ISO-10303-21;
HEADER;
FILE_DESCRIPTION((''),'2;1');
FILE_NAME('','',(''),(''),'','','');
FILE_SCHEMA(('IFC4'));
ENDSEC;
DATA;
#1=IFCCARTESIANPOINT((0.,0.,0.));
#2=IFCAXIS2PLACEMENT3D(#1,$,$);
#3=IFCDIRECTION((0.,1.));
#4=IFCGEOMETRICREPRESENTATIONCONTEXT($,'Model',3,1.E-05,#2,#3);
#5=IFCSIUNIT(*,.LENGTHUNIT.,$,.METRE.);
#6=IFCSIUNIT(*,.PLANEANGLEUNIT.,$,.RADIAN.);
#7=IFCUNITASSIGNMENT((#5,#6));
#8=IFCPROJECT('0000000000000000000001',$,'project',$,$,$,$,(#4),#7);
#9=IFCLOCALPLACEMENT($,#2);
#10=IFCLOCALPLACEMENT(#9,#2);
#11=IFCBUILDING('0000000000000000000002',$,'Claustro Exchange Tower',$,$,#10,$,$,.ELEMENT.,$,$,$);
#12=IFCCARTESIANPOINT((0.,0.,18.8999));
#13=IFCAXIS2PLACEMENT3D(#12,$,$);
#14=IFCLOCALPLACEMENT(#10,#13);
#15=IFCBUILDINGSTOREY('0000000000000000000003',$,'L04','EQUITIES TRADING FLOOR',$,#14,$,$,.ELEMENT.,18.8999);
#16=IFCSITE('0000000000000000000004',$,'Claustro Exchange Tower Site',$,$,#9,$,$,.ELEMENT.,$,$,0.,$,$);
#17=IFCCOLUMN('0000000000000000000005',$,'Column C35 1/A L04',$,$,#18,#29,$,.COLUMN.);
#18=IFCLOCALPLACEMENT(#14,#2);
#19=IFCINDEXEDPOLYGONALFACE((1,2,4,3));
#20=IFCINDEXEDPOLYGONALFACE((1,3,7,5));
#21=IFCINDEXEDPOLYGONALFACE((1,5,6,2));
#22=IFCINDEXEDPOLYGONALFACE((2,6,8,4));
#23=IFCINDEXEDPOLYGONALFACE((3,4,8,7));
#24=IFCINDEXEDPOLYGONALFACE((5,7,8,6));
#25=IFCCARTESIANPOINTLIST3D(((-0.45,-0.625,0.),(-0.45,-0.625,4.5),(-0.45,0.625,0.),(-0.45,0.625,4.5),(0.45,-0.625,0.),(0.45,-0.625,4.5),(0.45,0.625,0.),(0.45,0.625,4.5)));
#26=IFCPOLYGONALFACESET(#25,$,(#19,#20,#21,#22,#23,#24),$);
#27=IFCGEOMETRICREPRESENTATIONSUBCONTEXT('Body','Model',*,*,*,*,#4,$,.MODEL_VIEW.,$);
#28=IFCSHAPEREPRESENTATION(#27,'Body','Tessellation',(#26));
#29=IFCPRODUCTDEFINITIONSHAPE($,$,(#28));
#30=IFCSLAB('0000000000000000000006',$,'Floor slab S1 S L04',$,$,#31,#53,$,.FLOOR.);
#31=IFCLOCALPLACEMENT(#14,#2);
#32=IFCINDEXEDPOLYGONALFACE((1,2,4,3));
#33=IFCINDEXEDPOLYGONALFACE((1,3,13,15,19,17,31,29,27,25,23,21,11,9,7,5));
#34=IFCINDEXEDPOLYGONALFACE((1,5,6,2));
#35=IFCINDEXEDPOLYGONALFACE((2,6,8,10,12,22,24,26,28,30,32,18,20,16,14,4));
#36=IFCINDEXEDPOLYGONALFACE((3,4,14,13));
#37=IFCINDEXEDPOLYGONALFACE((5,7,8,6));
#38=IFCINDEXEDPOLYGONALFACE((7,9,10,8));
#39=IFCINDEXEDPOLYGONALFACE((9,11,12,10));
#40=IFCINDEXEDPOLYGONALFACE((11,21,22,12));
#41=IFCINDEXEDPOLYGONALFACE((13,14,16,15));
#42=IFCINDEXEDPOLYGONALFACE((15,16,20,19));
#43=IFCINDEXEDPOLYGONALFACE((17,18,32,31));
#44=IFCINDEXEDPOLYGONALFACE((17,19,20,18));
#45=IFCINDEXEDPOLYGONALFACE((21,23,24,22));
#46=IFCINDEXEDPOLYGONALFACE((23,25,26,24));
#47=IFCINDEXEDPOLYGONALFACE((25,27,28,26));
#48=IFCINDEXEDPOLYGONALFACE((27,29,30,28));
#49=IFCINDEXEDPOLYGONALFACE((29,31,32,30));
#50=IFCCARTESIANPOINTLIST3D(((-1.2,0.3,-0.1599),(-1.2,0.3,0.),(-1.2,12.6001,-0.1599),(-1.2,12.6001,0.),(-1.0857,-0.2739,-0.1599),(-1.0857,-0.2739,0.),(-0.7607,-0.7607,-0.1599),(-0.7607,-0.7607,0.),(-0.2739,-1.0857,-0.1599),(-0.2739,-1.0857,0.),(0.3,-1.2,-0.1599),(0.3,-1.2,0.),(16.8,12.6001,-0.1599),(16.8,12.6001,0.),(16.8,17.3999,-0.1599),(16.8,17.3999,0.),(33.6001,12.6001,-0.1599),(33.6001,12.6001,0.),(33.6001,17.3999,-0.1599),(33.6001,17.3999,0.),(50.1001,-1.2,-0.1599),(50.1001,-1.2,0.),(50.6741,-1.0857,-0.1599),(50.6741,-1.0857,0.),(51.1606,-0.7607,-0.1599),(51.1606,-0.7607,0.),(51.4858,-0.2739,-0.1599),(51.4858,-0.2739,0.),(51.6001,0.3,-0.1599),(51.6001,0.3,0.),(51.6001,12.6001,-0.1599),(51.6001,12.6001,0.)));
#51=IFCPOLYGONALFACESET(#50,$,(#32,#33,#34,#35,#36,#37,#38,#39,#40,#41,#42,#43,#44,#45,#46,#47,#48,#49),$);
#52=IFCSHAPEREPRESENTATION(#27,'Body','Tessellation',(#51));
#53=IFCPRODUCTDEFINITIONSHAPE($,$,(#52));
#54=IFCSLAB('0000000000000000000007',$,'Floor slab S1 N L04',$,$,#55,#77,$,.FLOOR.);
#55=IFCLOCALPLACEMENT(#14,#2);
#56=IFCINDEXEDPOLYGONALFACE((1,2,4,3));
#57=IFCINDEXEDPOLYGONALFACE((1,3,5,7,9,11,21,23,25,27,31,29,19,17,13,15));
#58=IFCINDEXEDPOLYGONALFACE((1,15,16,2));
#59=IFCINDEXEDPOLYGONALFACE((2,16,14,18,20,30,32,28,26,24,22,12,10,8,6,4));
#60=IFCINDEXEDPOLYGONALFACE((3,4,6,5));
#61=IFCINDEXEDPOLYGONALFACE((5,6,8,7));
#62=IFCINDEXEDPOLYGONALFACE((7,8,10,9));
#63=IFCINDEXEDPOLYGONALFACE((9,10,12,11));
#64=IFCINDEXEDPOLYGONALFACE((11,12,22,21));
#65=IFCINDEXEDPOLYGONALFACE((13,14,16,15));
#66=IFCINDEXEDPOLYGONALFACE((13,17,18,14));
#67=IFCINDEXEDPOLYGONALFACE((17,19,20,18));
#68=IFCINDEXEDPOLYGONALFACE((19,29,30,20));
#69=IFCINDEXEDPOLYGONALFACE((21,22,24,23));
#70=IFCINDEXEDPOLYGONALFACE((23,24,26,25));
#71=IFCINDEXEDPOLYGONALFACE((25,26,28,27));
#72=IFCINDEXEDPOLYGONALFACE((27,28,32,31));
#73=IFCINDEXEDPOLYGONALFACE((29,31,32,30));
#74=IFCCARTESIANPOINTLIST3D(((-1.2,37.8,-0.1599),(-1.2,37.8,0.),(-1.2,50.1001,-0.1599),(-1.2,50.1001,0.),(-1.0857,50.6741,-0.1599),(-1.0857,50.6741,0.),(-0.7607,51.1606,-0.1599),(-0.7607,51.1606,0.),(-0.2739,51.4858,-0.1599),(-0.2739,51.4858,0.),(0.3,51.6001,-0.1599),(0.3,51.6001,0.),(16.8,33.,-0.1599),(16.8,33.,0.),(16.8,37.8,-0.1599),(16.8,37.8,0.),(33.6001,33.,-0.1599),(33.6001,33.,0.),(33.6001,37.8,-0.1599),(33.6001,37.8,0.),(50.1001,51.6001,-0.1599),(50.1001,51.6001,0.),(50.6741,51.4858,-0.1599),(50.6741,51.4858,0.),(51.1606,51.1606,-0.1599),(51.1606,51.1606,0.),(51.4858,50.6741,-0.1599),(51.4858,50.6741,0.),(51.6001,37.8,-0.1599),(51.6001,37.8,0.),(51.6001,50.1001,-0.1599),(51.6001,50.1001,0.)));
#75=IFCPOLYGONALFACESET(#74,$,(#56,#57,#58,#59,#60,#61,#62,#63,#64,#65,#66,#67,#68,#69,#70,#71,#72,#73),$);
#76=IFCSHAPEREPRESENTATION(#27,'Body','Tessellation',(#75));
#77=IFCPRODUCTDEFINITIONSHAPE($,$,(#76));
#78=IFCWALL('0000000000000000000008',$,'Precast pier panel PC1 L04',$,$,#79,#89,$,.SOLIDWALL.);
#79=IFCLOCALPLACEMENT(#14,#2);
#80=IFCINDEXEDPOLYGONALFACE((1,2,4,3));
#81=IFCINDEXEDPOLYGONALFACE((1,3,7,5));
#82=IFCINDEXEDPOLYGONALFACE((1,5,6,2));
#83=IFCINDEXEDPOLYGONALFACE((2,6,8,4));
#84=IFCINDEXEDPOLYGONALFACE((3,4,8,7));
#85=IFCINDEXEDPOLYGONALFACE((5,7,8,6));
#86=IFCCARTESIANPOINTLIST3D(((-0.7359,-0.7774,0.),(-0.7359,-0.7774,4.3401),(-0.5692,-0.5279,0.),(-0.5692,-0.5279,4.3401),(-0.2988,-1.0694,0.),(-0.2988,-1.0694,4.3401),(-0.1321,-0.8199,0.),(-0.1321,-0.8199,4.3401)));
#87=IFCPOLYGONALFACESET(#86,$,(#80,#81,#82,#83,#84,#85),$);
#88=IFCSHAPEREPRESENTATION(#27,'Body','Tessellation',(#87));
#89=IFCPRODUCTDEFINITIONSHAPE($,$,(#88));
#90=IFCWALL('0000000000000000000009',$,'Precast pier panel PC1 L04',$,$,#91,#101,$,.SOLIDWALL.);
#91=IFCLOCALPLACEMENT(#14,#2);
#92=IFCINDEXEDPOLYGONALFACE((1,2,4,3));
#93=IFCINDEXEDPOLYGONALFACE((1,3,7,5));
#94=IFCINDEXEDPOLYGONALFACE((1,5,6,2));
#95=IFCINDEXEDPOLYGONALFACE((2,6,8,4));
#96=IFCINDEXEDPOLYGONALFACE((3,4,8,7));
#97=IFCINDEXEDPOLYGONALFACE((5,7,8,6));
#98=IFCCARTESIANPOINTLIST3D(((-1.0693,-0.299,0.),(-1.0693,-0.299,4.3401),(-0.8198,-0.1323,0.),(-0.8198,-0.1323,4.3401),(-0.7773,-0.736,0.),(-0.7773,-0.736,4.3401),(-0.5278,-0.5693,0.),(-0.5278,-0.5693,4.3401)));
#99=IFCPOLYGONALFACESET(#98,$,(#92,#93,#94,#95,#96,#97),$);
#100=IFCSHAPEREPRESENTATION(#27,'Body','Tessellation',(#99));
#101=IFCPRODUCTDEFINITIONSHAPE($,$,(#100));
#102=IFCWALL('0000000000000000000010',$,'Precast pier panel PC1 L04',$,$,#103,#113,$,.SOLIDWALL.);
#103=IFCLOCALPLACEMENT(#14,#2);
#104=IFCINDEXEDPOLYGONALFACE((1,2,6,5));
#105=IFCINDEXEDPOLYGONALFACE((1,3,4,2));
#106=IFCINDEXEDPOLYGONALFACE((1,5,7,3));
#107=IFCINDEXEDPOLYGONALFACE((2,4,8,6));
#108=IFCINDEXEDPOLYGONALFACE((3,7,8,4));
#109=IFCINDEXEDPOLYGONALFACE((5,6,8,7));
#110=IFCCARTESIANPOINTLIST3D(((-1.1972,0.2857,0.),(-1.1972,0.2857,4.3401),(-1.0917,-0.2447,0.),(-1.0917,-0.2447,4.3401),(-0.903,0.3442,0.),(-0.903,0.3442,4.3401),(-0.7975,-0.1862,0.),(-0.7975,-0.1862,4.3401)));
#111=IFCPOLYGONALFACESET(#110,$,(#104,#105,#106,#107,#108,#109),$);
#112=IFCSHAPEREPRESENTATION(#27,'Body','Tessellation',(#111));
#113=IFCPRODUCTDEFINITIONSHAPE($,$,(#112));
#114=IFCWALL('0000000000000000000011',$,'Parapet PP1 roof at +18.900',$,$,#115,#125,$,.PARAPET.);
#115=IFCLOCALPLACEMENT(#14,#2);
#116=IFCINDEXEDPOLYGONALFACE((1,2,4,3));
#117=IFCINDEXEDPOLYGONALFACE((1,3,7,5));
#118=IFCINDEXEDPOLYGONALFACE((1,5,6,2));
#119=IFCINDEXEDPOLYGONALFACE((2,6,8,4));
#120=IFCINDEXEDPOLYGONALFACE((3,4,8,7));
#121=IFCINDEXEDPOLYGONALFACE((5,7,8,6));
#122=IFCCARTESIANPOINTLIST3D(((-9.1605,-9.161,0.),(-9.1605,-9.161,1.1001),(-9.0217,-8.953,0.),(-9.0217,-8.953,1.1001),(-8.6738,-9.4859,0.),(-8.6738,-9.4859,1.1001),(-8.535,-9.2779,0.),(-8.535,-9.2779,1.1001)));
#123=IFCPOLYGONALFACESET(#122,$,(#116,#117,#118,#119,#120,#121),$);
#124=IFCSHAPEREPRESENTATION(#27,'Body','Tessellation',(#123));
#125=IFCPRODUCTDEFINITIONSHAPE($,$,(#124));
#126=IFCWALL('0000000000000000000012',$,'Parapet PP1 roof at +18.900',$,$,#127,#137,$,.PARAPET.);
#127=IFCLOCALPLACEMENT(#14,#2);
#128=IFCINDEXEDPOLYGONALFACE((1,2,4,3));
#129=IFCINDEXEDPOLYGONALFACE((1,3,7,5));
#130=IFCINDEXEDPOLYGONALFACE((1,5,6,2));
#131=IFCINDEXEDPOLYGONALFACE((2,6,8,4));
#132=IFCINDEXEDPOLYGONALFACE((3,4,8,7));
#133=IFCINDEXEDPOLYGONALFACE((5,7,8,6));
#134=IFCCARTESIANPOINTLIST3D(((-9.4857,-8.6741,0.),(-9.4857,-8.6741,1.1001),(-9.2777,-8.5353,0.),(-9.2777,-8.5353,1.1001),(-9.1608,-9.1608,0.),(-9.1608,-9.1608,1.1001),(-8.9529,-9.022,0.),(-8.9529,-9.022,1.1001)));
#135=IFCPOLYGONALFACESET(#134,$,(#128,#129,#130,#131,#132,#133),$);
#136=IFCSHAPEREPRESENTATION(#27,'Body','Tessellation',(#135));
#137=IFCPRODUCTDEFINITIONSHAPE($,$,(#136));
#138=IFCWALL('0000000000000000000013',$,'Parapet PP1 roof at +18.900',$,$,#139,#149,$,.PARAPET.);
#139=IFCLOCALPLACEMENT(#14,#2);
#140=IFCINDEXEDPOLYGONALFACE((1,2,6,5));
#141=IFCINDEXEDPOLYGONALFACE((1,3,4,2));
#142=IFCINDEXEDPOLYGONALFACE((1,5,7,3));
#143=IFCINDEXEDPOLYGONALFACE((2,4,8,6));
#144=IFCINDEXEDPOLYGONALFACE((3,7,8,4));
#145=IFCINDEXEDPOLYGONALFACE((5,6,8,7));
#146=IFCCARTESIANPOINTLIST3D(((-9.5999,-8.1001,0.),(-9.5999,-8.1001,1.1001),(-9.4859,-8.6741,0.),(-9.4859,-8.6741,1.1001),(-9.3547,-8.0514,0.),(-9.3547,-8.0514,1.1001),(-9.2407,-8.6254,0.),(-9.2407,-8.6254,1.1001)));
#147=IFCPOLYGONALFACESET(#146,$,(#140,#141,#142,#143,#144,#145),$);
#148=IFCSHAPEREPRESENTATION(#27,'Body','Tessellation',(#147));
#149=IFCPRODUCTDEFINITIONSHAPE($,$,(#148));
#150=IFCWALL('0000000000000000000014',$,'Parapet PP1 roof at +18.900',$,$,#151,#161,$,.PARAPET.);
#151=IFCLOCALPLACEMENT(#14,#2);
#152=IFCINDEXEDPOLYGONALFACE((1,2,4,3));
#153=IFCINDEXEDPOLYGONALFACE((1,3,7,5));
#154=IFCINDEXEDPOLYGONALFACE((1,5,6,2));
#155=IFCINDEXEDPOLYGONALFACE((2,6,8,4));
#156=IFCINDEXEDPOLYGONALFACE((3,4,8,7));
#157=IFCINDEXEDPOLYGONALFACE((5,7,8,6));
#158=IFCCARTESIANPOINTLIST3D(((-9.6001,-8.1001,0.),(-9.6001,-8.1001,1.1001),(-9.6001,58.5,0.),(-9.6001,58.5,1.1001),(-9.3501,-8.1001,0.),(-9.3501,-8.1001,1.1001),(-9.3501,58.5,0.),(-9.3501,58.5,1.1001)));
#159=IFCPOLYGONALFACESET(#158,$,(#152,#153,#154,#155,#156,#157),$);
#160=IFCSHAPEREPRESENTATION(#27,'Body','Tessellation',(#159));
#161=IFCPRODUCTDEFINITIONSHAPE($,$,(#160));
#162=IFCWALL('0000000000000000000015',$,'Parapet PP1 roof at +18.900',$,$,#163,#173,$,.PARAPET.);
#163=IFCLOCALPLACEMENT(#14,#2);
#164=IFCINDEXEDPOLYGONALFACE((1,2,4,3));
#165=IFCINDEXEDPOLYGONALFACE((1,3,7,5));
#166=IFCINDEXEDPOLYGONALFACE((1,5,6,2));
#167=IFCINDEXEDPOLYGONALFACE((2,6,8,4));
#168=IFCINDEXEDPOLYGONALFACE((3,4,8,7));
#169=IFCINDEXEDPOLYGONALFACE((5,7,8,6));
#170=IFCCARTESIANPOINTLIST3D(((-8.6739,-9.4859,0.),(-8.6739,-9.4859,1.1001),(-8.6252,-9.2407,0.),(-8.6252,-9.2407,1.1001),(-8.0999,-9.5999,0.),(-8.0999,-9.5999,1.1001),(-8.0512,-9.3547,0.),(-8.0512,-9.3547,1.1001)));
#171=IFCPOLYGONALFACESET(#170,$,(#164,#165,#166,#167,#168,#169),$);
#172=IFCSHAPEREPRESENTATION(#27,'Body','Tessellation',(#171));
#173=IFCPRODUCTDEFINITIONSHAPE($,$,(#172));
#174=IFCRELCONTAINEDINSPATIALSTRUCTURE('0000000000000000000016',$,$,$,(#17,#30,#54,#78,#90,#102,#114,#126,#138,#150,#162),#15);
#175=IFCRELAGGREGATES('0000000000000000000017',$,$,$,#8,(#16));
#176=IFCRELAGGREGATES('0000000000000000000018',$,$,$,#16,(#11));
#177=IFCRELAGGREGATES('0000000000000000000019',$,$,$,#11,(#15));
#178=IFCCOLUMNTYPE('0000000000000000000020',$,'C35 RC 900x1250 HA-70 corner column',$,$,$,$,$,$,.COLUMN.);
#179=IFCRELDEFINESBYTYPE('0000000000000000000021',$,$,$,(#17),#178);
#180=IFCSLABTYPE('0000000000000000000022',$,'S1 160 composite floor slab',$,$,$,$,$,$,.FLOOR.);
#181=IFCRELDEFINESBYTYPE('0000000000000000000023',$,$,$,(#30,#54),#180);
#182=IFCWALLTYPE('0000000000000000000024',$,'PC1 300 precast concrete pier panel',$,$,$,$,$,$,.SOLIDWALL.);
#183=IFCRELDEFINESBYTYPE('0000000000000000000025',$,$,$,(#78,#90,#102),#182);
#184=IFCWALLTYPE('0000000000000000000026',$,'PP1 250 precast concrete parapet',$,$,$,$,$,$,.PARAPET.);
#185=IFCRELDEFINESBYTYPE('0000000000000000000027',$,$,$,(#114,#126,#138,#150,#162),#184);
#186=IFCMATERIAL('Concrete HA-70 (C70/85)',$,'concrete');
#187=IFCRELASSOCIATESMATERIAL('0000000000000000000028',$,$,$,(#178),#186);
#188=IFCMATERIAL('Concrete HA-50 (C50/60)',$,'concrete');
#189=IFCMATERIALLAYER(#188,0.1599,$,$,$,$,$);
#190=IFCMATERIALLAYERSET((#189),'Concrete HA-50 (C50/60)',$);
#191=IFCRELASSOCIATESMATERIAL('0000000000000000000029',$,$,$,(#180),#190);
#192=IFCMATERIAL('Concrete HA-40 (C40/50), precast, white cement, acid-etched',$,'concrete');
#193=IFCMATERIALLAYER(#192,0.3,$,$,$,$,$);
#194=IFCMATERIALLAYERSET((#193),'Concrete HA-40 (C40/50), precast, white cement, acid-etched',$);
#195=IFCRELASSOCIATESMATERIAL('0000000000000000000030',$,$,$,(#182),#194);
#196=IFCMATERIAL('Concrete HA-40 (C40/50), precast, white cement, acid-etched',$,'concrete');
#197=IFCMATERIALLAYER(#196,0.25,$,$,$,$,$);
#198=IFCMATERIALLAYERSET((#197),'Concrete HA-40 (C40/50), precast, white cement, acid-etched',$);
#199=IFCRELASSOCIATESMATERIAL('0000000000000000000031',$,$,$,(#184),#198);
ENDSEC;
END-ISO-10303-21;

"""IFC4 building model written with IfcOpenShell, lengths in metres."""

from ifc_helpers import new_model, si_unit, direction, frame, frame_2d, origin, origin_with_axes, origin_2d, place, context, subcontext, project, spatial, polyline, rectangle, outline, extrude, material, layer, layer_set, material_profile, profile_set, type_object, element, save


model = new_model("IFC4")

# Units and contexts
model_context = context("Model", 3, precision=1e-05, world=origin(), true_north=direction((0.0, 1.0)))
body_context = subcontext(model_context, "Body", "Model", "MODEL_VIEW")
ifc_project = project(units=[si_unit("LENGTHUNIT", "METRE"), si_unit("PLANEANGLEUNIT", "RADIAN")], contexts=[model_context])

# Site, building, storey
site_placement = place(None, origin())
site = spatial("IfcSite", under=ifc_project, at=site_placement, Name="Claustro Exchange Tower Site", CompositionType="ELEMENT", RefElevation=0.0)
building_placement = place(site_placement, origin())
building = spatial("IfcBuilding", under=site, at=building_placement, Name="Claustro Exchange Tower", CompositionType="ELEMENT")
storey_placement = place(building_placement, frame((0.0, 0.0, 18.8999)))
storey = spatial("IfcBuildingStorey", under=building, at=storey_placement, Name="L04", Description="EQUITIES TRADING FLOOR", CompositionType="ELEMENT", Elevation=18.8999)

# Column
ifc_material_1 = material(Name="Concrete HA-70 (C70/85)", Category="concrete")
ifc_material_profile = material_profile(ifc_material_1, rectangle(XDim=0.8999, YDim=1.25, at=origin_2d()), Name="RC 900x1250")
ifc_profile_set = profile_set([ifc_material_profile], Name="Concrete HA-70 (C70/85)")
column_type = type_object("IfcColumnType", Name="C35 RC 900x1250 HA-70 corner column", PredefinedType="COLUMN", material=ifc_profile_set)
column_placement = place(storey_placement, origin_with_axes())
element("IfcColumn", 1, at=column_placement, inside=storey, type_object=column_type, Name="Column C35 1/A L04", PredefinedType="COLUMN", context=body_context, shape_type="SweptSolid", body=[
    extrude(rectangle(XDim=0.8999, YDim=1.25, at=origin_2d()), origin(), (0.0, 0.0, 1.0), 4.5),
])

# Slabs
ifc_material_2 = material(Name="Concrete HA-50 (C50/60)", Category="concrete")
ifc_layer_1 = layer(ifc_material_2, 0.1599)
ifc_layer_set_1 = layer_set([ifc_layer_1], Name="Concrete HA-50 (C50/60)")
slab_type = type_object("IfcSlabType", Name="S1 160 composite floor slab", PredefinedType="FLOOR", material=ifc_layer_set_1)
slab_1_placement = place(storey_placement, frame((0.0, 0.0, -0.1599)))
element("IfcSlab", 2, at=slab_1_placement, inside=storey, type_object=slab_type, Name="Floor slab S1 S L04", PredefinedType="FLOOR", context=body_context, shape_type="SweptSolid", body=[
    extrude(outline(polyline([(-0.2739, -1.0857), (0.3, -1.2), (50.1001, -1.2), (50.6741, -1.0857), (51.1606, -0.7607), (51.4858, -0.2739), (51.6001, 0.3), (51.6001, 12.6001), (33.6001, 12.6001), (33.6001, 17.3999), (16.8, 17.3999), (16.8, 12.6001), (-1.2, 12.6001), (-1.2, 0.3), (-1.0857, -0.2739), (-0.7607, -0.7607), (-0.2739, -1.0857)])), origin(), (0.0, 0.0, 1.0), 0.1599),
])
slab_2_placement = place(storey_placement, frame((0.0, 0.0, -0.1599)))
element("IfcSlab", 3, at=slab_2_placement, inside=storey, type_object=slab_type, Name="Floor slab S1 N L04", PredefinedType="FLOOR", context=body_context, shape_type="SweptSolid", body=[
    extrude(outline(polyline([(16.8, 37.8), (16.8, 33.0), (33.6001, 33.0), (33.6001, 37.8), (51.6001, 37.8), (51.6001, 50.1001), (51.4858, 50.6741), (51.1606, 51.1606), (50.6741, 51.4858), (50.1001, 51.6001), (0.3, 51.6001), (-0.2739, 51.4858), (-0.7607, 51.1606), (-1.0857, 50.6741), (-1.2, 50.1001), (-1.2, 37.8), (16.8, 37.8)])), origin(), (0.0, 0.0, 1.0), 0.1599),
])

# Walls
ifc_material_3 = material(Name="Concrete HA-40 (C40/50), precast, white cement, acid-etched", Category="concrete")
ifc_layer_2 = layer(ifc_material_3, 0.3)
ifc_layer_set_2 = layer_set([ifc_layer_2], Name="Concrete HA-40 (C40/50), precast, white cement, acid-etched")
wall_type_1 = type_object("IfcWallType", Name="PC1 300 precast concrete pier panel", PredefinedType="SOLIDWALL", material=ifc_layer_set_2)
for number, where, z_axis, x_axis, name in (
    (4, (-0.2156, -0.9446, 0.0), (0.0, 0.0, 1.0), (-0.831478, 0.555557, 0.0), "Precast pier panel PC1 L04"),
    (5, (-0.6526, -0.6526, 0.0), (0.0, 0.0, 1.0), (-0.555557, 0.831478, 0.0), "Precast pier panel PC1 L04"),
):
    element("IfcWall", number, at=place(storey_placement, frame(where, z_axis=z_axis, x_axis=x_axis)), inside=storey, type_object=wall_type_1, Name=name, PredefinedType="SOLIDWALL", context=body_context, shape_type="SweptSolid", body=[
        extrude(rectangle(XDim=0.5256, YDim=0.3, at=frame_2d((0.2627, 0.0))), origin(), (0.0, 0.0, 1.0), 4.3401),
    ])
wall_1_placement = place(storey_placement, frame((-0.9446, -0.2156, 0.0), z_axis=(0.0, 0.0, 1.0), x_axis=(-0.195074, 0.980789, 0.0)))
element("IfcWall", 6, at=wall_1_placement, inside=storey, type_object=wall_type_1, Name="Precast pier panel PC1 L04", PredefinedType="SOLIDWALL", context=body_context, shape_type="SweptSolid", body=[
    extrude(rectangle(XDim=0.5408, YDim=0.3, at=frame_2d((0.2705, 0.0))), origin(), (0.0, 0.0, 1.0), 4.3401),
])
ifc_material_4 = material(Name="Concrete HA-40 (C40/50), precast, white cement, acid-etched", Category="concrete")
ifc_layer_3 = layer(ifc_material_4, 0.25)
ifc_layer_set_3 = layer_set([ifc_layer_3], Name="Concrete HA-40 (C40/50), precast, white cement, acid-etched")
wall_type_2 = type_object("IfcWallType", Name="PP1 250 precast concrete parapet", PredefinedType="PARAPET", material=ifc_layer_set_3)
for number, where, z_axis, x_axis, name in (
    (7, (-8.6045, -9.3818, 0.0), (0.0, 0.0, 1.0), (-0.831729, 0.555181, 0.0), "Parapet PP1 roof at +18.900"),
    (8, (-9.0569, -9.0913, 0.0), (0.0, 0.0, 1.0), (-0.555181, 0.831729, 0.0), "Parapet PP1 roof at +18.900"),
    (9, (-9.3633, -8.6497, 0.0), (0.0, 0.0, 1.0), (-0.194832, 0.980837, 0.0), "Parapet PP1 roof at +18.900"),
):
    element("IfcWall", number, at=place(storey_placement, frame(where, z_axis=z_axis, x_axis=x_axis)), inside=storey, type_object=wall_type_2, Name=name, PredefinedType="PARAPET", context=body_context, shape_type="SweptSolid", body=[
        extrude(rectangle(XDim=0.5852, YDim=0.25, at=frame_2d((0.2925, 0.0))), origin(), (0.0, 0.0, 1.0), 1.1001),
    ])
wall_2_placement = place(storey_placement, frame((-9.4751, -8.1001, 0.0), z_axis=(0.0, 0.0, 1.0), x_axis=(0.0, 1.0, 0.0)))
element("IfcWall", 10, at=wall_2_placement, inside=storey, type_object=wall_type_2, Name="Parapet PP1 roof at +18.900", PredefinedType="PARAPET", context=body_context, shape_type="SweptSolid", body=[
    extrude(rectangle(XDim=66.6001, YDim=0.25, at=frame_2d((33.3, 0.0))), origin(), (0.0, 0.0, 1.0), 1.1001),
])
wall_3_placement = place(storey_placement, frame((-8.0757, -9.4773, 0.0), z_axis=(0.0, 0.0, 1.0), x_axis=(-0.980837, 0.194832, 0.0)))
element("IfcWall", 11, at=wall_3_placement, inside=storey, type_object=wall_type_2, Name="Parapet PP1 roof at +18.900", PredefinedType="PARAPET", context=body_context, shape_type="SweptSolid", body=[
    extrude(rectangle(XDim=0.5852, YDim=0.25, at=frame_2d((0.2925, 0.0))), origin(), (0.0, 0.0, 1.0), 1.1001),
])

save(model, "model.ifc")
